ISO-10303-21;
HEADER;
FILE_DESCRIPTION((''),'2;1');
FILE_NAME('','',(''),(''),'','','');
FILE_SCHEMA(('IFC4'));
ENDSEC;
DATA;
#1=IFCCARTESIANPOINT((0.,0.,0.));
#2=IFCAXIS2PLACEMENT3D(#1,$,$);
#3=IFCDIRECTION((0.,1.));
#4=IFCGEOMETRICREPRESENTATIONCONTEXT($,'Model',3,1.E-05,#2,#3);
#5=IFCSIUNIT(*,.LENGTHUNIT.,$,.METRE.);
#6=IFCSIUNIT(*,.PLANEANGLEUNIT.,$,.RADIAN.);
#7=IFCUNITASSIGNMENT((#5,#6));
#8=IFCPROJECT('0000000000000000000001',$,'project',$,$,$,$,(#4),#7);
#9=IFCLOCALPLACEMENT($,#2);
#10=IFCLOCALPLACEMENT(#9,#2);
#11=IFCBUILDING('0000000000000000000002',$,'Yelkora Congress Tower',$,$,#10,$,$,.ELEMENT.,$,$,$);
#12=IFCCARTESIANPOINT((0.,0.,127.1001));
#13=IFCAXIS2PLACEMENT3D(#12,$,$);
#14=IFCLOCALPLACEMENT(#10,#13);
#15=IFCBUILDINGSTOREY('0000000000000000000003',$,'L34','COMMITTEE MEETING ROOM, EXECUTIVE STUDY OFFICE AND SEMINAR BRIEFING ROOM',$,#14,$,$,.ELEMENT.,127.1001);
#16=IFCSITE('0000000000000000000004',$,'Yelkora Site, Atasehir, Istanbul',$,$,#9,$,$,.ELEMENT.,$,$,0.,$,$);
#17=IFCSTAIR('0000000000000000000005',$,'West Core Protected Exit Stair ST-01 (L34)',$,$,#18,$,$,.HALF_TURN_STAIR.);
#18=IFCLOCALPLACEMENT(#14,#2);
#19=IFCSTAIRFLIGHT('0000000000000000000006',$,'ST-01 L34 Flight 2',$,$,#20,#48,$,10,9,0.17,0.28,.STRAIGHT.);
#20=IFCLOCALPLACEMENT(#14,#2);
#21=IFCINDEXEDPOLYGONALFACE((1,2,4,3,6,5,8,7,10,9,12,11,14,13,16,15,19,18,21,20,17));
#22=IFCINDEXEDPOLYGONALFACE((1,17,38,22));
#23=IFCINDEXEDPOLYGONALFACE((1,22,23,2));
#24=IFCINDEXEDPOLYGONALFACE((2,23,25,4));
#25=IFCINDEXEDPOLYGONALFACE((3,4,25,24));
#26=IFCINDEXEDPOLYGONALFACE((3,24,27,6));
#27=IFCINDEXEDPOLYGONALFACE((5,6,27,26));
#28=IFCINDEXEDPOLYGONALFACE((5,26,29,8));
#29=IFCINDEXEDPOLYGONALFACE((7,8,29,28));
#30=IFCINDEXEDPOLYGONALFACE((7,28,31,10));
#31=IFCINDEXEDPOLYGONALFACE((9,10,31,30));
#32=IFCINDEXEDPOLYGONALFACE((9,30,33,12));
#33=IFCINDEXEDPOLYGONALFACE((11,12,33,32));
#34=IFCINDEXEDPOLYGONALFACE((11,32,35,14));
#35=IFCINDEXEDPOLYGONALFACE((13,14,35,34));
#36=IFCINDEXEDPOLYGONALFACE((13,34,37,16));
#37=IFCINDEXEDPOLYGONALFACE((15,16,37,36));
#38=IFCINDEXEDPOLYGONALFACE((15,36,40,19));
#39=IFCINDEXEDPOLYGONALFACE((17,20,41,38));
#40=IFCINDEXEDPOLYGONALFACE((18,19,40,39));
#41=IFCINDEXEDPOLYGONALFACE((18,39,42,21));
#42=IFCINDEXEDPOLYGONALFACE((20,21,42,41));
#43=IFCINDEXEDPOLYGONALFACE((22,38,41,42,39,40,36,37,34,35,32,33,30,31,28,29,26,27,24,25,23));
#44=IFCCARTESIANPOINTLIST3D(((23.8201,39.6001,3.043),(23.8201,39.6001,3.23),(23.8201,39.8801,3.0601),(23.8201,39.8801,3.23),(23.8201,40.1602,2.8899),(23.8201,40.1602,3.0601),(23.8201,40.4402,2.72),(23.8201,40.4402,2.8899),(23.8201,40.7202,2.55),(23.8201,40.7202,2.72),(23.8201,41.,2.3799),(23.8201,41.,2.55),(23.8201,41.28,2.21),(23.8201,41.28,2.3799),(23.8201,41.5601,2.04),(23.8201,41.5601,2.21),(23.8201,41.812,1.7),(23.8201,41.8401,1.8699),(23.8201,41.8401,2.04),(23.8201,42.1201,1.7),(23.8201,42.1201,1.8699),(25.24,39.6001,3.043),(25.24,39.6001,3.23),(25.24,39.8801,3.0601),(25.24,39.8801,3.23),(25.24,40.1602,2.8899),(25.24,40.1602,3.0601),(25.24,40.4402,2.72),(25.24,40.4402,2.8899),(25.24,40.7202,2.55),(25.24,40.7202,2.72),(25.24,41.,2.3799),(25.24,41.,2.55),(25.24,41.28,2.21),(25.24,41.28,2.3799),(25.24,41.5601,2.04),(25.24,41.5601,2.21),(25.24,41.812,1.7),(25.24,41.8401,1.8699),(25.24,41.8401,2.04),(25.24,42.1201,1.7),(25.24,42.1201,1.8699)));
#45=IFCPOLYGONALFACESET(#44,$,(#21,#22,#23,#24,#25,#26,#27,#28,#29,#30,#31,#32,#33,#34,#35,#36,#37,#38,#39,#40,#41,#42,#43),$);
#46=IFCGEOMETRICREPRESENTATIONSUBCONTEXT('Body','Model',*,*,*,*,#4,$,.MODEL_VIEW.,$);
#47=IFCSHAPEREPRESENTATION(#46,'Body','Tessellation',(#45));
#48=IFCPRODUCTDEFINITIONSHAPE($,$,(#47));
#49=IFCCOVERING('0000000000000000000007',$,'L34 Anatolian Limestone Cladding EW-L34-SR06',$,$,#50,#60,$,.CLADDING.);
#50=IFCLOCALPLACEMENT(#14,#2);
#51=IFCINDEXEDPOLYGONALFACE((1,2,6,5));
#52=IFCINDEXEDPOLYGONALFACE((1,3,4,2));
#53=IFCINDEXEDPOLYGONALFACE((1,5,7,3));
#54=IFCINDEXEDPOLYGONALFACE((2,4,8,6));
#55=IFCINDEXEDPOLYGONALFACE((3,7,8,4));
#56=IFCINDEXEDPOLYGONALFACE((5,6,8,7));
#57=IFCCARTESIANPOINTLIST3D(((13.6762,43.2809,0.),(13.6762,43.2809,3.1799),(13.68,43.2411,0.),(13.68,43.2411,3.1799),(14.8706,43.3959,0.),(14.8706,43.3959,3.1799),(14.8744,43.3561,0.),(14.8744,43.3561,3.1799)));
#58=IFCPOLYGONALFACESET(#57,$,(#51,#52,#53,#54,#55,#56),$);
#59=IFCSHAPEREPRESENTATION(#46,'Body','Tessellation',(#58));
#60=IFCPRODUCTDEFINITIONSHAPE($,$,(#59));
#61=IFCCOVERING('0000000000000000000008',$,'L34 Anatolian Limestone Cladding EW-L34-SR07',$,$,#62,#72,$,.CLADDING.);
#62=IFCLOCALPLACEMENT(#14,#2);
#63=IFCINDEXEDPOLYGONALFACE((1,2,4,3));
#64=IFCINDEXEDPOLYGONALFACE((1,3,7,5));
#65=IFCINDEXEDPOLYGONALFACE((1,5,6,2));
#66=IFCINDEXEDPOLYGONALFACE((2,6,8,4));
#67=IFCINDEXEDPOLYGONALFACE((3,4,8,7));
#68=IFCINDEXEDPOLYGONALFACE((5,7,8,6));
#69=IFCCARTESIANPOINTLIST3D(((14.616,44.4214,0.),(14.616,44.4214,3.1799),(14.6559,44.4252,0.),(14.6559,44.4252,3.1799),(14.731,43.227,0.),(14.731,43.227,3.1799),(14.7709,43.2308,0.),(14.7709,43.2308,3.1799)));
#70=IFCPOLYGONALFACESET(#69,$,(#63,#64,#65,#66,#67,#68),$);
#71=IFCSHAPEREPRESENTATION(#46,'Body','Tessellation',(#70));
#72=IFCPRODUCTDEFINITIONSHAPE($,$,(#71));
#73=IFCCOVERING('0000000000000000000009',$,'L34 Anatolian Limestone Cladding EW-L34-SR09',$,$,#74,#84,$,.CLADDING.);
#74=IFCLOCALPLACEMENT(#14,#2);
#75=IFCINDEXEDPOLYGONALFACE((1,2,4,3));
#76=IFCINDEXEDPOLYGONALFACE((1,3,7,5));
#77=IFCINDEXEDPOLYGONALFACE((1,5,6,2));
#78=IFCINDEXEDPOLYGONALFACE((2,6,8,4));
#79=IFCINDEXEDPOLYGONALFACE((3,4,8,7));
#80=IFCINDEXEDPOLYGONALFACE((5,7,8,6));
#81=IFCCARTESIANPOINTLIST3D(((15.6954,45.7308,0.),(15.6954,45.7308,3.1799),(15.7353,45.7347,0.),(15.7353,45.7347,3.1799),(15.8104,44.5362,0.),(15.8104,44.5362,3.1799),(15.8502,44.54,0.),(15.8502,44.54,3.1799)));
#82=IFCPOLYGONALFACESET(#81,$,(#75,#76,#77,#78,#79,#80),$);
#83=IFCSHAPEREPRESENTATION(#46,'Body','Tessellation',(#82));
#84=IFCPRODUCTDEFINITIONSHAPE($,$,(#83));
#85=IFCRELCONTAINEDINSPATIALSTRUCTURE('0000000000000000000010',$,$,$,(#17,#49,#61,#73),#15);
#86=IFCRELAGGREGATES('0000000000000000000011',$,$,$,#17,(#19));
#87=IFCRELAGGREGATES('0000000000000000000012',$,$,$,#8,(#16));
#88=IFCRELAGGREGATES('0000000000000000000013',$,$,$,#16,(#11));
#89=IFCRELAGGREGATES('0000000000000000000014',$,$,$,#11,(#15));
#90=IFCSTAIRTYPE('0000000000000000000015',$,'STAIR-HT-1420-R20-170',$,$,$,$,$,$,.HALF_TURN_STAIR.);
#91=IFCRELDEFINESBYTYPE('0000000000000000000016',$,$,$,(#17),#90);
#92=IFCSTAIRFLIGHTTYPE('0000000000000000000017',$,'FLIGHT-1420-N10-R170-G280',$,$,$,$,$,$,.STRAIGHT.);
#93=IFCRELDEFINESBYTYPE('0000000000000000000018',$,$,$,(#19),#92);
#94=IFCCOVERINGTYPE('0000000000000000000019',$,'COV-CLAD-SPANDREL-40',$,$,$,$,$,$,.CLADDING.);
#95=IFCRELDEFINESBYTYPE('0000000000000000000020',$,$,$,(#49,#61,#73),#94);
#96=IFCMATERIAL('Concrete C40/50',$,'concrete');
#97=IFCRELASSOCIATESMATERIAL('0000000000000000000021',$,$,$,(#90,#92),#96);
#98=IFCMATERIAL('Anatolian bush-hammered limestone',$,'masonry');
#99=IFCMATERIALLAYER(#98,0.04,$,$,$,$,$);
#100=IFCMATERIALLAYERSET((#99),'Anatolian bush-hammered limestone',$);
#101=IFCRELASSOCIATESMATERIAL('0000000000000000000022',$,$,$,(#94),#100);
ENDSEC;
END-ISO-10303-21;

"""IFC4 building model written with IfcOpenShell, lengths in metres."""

from ifc_helpers import new_model, si_unit, direction, frame, frame_2d, origin, place, context, subcontext, project, spatial, polyline, rectangle, outline, extrude, material, layer, layer_set, type_object, element, aggregate, save


model = new_model("IFC4")

# Units and contexts
model_context = context("Model", 3, precision=1e-05, world=origin(), true_north=direction((0.0, 1.0)))
body_context = subcontext(model_context, "Body", "Model", "MODEL_VIEW")
ifc_project = project(units=[si_unit("LENGTHUNIT", "METRE"), si_unit("PLANEANGLEUNIT", "RADIAN")], contexts=[model_context])

# Site, building, storey
site_placement = place(None, origin())
site = spatial("IfcSite", under=ifc_project, at=site_placement, Name="Yelkora Site, Atasehir, Istanbul", CompositionType="ELEMENT", RefElevation=0.0)
building_placement = place(site_placement, origin())
building = spatial("IfcBuilding", under=site, at=building_placement, Name="Yelkora Congress Tower", CompositionType="ELEMENT")
storey_placement = place(building_placement, frame((0.0, 0.0, 127.1001)))
storey = spatial("IfcBuildingStorey", under=building, at=storey_placement, Name="L34", Description="COMMITTEE MEETING ROOM, EXECUTIVE STUDY OFFICE AND SEMINAR BRIEFING ROOM", CompositionType="ELEMENT", Elevation=127.1001)

# Shared definitions
ifc_material_1 = material(Name="Concrete C40/50", Category="concrete")

# Stair, stair flight
stair_type = type_object("IfcStairType", Name="STAIR-HT-1420-R20-170", PredefinedType="HALF_TURN_STAIR", material=ifc_material_1)
stair_placement = place(storey_placement, origin())
stair = element("IfcStair", 1, at=stair_placement, inside=storey, type_object=stair_type, Name="West Core Protected Exit Stair ST-01 (L34)", PredefinedType="HALF_TURN_STAIR")
stair_flight_type = type_object("IfcStairFlightType", Name="FLIGHT-1420-N10-R170-G280", PredefinedType="STRAIGHT", material=ifc_material_1)
stair_flight_placement = place(storey_placement, frame((24.53, 42.1201, 1.7), z_axis=(0.0, 0.0, 1.0), x_axis=(0.0, -1.0, 0.0)))
stair_flight = element("IfcStairFlight", 2, at=stair_flight_placement, type_object=stair_flight_type, Name="ST-01 L34 Flight 2", NumberOfRisers=10, NumberOfTreads=9, PredefinedType="STRAIGHT", RiserHeight=0.17, TreadLength=0.28, context=body_context, shape_type="SweptSolid", body=[
    extrude(outline(polyline([(0.0, 0.0), (0.0, 0.1699), (0.28, 0.1699), (0.28, 0.3401), (0.5601, 0.3401), (0.5601, 0.51), (0.8401, 0.51), (0.8401, 0.6799), (1.1201, 0.6799), (1.1201, 0.8501), (1.3999, 0.8501), (1.3999, 1.02), (1.6799, 1.02), (1.6799, 1.1899), (1.96, 1.1899), (1.96, 1.3601), (2.24, 1.3601), (2.24, 1.53), (2.52, 1.53), (2.52, 1.7), (2.52, 1.343), (0.3081, 0.0), (0.0, 0.0)])), frame((0.0, 0.71, 0.0), z_axis=(0.0, -1.0, 0.0), x_axis=(1.0, 0.0, 0.0)), (0.0, 0.0, 1.0), 1.4199),
])
aggregate(stair, [stair_flight])

# Coverings
ifc_material_2 = material(Name="Anatolian bush-hammered limestone", Category="masonry")
ifc_layer_1 = layer(ifc_material_2, 0.04)
ifc_layer_set_1 = layer_set([ifc_layer_1], Name="Anatolian bush-hammered limestone")
covering_type = type_object("IfcCoveringType", Name="COV-CLAD-SPANDREL-40", PredefinedType="CLADDING", material=ifc_layer_set_1)
for number, where, z_axis, x_axis, name in (
    (3, (13.678, 43.261, 0.0), (0.0, 0.0, 1.0), (0.995397, 0.095836, 0.0), "L34 Anatolian Limestone Cladding EW-L34-SR06"),
    (4, (14.751, 43.2288, 0.0), (0.0, 0.0, 1.0), (-0.095836, 0.995397, 0.0), "L34 Anatolian Limestone Cladding EW-L34-SR07"),
):
    element("IfcCovering", number, at=place(storey_placement, frame(where, z_axis=z_axis, x_axis=x_axis)), inside=storey, type_object=covering_type, Name=name, PredefinedType="CLADDING", context=body_context, shape_type="SweptSolid", body=[
        extrude(rectangle(XDim=1.2, YDim=0.04, at=frame_2d((0.6001, 0.0))), origin(), (0.0, 0.0, 1.0), 3.1799),
    ])
covering_placement = place(storey_placement, frame((15.8303, 44.5381, 0.0), z_axis=(0.0, 0.0, 1.0), x_axis=(-0.095817, 0.995399, 0.0)))
element("IfcCovering", 5, at=covering_placement, inside=storey, type_object=covering_type, Name="L34 Anatolian Limestone Cladding EW-L34-SR09", PredefinedType="CLADDING", context=body_context, shape_type="SweptSolid", body=[
    extrude(rectangle(XDim=1.2002, YDim=0.04, at=frame_2d((0.6001, 0.0))), origin(), (0.0, 0.0, 1.0), 3.1799),
])

save(model, "model.ifc")
